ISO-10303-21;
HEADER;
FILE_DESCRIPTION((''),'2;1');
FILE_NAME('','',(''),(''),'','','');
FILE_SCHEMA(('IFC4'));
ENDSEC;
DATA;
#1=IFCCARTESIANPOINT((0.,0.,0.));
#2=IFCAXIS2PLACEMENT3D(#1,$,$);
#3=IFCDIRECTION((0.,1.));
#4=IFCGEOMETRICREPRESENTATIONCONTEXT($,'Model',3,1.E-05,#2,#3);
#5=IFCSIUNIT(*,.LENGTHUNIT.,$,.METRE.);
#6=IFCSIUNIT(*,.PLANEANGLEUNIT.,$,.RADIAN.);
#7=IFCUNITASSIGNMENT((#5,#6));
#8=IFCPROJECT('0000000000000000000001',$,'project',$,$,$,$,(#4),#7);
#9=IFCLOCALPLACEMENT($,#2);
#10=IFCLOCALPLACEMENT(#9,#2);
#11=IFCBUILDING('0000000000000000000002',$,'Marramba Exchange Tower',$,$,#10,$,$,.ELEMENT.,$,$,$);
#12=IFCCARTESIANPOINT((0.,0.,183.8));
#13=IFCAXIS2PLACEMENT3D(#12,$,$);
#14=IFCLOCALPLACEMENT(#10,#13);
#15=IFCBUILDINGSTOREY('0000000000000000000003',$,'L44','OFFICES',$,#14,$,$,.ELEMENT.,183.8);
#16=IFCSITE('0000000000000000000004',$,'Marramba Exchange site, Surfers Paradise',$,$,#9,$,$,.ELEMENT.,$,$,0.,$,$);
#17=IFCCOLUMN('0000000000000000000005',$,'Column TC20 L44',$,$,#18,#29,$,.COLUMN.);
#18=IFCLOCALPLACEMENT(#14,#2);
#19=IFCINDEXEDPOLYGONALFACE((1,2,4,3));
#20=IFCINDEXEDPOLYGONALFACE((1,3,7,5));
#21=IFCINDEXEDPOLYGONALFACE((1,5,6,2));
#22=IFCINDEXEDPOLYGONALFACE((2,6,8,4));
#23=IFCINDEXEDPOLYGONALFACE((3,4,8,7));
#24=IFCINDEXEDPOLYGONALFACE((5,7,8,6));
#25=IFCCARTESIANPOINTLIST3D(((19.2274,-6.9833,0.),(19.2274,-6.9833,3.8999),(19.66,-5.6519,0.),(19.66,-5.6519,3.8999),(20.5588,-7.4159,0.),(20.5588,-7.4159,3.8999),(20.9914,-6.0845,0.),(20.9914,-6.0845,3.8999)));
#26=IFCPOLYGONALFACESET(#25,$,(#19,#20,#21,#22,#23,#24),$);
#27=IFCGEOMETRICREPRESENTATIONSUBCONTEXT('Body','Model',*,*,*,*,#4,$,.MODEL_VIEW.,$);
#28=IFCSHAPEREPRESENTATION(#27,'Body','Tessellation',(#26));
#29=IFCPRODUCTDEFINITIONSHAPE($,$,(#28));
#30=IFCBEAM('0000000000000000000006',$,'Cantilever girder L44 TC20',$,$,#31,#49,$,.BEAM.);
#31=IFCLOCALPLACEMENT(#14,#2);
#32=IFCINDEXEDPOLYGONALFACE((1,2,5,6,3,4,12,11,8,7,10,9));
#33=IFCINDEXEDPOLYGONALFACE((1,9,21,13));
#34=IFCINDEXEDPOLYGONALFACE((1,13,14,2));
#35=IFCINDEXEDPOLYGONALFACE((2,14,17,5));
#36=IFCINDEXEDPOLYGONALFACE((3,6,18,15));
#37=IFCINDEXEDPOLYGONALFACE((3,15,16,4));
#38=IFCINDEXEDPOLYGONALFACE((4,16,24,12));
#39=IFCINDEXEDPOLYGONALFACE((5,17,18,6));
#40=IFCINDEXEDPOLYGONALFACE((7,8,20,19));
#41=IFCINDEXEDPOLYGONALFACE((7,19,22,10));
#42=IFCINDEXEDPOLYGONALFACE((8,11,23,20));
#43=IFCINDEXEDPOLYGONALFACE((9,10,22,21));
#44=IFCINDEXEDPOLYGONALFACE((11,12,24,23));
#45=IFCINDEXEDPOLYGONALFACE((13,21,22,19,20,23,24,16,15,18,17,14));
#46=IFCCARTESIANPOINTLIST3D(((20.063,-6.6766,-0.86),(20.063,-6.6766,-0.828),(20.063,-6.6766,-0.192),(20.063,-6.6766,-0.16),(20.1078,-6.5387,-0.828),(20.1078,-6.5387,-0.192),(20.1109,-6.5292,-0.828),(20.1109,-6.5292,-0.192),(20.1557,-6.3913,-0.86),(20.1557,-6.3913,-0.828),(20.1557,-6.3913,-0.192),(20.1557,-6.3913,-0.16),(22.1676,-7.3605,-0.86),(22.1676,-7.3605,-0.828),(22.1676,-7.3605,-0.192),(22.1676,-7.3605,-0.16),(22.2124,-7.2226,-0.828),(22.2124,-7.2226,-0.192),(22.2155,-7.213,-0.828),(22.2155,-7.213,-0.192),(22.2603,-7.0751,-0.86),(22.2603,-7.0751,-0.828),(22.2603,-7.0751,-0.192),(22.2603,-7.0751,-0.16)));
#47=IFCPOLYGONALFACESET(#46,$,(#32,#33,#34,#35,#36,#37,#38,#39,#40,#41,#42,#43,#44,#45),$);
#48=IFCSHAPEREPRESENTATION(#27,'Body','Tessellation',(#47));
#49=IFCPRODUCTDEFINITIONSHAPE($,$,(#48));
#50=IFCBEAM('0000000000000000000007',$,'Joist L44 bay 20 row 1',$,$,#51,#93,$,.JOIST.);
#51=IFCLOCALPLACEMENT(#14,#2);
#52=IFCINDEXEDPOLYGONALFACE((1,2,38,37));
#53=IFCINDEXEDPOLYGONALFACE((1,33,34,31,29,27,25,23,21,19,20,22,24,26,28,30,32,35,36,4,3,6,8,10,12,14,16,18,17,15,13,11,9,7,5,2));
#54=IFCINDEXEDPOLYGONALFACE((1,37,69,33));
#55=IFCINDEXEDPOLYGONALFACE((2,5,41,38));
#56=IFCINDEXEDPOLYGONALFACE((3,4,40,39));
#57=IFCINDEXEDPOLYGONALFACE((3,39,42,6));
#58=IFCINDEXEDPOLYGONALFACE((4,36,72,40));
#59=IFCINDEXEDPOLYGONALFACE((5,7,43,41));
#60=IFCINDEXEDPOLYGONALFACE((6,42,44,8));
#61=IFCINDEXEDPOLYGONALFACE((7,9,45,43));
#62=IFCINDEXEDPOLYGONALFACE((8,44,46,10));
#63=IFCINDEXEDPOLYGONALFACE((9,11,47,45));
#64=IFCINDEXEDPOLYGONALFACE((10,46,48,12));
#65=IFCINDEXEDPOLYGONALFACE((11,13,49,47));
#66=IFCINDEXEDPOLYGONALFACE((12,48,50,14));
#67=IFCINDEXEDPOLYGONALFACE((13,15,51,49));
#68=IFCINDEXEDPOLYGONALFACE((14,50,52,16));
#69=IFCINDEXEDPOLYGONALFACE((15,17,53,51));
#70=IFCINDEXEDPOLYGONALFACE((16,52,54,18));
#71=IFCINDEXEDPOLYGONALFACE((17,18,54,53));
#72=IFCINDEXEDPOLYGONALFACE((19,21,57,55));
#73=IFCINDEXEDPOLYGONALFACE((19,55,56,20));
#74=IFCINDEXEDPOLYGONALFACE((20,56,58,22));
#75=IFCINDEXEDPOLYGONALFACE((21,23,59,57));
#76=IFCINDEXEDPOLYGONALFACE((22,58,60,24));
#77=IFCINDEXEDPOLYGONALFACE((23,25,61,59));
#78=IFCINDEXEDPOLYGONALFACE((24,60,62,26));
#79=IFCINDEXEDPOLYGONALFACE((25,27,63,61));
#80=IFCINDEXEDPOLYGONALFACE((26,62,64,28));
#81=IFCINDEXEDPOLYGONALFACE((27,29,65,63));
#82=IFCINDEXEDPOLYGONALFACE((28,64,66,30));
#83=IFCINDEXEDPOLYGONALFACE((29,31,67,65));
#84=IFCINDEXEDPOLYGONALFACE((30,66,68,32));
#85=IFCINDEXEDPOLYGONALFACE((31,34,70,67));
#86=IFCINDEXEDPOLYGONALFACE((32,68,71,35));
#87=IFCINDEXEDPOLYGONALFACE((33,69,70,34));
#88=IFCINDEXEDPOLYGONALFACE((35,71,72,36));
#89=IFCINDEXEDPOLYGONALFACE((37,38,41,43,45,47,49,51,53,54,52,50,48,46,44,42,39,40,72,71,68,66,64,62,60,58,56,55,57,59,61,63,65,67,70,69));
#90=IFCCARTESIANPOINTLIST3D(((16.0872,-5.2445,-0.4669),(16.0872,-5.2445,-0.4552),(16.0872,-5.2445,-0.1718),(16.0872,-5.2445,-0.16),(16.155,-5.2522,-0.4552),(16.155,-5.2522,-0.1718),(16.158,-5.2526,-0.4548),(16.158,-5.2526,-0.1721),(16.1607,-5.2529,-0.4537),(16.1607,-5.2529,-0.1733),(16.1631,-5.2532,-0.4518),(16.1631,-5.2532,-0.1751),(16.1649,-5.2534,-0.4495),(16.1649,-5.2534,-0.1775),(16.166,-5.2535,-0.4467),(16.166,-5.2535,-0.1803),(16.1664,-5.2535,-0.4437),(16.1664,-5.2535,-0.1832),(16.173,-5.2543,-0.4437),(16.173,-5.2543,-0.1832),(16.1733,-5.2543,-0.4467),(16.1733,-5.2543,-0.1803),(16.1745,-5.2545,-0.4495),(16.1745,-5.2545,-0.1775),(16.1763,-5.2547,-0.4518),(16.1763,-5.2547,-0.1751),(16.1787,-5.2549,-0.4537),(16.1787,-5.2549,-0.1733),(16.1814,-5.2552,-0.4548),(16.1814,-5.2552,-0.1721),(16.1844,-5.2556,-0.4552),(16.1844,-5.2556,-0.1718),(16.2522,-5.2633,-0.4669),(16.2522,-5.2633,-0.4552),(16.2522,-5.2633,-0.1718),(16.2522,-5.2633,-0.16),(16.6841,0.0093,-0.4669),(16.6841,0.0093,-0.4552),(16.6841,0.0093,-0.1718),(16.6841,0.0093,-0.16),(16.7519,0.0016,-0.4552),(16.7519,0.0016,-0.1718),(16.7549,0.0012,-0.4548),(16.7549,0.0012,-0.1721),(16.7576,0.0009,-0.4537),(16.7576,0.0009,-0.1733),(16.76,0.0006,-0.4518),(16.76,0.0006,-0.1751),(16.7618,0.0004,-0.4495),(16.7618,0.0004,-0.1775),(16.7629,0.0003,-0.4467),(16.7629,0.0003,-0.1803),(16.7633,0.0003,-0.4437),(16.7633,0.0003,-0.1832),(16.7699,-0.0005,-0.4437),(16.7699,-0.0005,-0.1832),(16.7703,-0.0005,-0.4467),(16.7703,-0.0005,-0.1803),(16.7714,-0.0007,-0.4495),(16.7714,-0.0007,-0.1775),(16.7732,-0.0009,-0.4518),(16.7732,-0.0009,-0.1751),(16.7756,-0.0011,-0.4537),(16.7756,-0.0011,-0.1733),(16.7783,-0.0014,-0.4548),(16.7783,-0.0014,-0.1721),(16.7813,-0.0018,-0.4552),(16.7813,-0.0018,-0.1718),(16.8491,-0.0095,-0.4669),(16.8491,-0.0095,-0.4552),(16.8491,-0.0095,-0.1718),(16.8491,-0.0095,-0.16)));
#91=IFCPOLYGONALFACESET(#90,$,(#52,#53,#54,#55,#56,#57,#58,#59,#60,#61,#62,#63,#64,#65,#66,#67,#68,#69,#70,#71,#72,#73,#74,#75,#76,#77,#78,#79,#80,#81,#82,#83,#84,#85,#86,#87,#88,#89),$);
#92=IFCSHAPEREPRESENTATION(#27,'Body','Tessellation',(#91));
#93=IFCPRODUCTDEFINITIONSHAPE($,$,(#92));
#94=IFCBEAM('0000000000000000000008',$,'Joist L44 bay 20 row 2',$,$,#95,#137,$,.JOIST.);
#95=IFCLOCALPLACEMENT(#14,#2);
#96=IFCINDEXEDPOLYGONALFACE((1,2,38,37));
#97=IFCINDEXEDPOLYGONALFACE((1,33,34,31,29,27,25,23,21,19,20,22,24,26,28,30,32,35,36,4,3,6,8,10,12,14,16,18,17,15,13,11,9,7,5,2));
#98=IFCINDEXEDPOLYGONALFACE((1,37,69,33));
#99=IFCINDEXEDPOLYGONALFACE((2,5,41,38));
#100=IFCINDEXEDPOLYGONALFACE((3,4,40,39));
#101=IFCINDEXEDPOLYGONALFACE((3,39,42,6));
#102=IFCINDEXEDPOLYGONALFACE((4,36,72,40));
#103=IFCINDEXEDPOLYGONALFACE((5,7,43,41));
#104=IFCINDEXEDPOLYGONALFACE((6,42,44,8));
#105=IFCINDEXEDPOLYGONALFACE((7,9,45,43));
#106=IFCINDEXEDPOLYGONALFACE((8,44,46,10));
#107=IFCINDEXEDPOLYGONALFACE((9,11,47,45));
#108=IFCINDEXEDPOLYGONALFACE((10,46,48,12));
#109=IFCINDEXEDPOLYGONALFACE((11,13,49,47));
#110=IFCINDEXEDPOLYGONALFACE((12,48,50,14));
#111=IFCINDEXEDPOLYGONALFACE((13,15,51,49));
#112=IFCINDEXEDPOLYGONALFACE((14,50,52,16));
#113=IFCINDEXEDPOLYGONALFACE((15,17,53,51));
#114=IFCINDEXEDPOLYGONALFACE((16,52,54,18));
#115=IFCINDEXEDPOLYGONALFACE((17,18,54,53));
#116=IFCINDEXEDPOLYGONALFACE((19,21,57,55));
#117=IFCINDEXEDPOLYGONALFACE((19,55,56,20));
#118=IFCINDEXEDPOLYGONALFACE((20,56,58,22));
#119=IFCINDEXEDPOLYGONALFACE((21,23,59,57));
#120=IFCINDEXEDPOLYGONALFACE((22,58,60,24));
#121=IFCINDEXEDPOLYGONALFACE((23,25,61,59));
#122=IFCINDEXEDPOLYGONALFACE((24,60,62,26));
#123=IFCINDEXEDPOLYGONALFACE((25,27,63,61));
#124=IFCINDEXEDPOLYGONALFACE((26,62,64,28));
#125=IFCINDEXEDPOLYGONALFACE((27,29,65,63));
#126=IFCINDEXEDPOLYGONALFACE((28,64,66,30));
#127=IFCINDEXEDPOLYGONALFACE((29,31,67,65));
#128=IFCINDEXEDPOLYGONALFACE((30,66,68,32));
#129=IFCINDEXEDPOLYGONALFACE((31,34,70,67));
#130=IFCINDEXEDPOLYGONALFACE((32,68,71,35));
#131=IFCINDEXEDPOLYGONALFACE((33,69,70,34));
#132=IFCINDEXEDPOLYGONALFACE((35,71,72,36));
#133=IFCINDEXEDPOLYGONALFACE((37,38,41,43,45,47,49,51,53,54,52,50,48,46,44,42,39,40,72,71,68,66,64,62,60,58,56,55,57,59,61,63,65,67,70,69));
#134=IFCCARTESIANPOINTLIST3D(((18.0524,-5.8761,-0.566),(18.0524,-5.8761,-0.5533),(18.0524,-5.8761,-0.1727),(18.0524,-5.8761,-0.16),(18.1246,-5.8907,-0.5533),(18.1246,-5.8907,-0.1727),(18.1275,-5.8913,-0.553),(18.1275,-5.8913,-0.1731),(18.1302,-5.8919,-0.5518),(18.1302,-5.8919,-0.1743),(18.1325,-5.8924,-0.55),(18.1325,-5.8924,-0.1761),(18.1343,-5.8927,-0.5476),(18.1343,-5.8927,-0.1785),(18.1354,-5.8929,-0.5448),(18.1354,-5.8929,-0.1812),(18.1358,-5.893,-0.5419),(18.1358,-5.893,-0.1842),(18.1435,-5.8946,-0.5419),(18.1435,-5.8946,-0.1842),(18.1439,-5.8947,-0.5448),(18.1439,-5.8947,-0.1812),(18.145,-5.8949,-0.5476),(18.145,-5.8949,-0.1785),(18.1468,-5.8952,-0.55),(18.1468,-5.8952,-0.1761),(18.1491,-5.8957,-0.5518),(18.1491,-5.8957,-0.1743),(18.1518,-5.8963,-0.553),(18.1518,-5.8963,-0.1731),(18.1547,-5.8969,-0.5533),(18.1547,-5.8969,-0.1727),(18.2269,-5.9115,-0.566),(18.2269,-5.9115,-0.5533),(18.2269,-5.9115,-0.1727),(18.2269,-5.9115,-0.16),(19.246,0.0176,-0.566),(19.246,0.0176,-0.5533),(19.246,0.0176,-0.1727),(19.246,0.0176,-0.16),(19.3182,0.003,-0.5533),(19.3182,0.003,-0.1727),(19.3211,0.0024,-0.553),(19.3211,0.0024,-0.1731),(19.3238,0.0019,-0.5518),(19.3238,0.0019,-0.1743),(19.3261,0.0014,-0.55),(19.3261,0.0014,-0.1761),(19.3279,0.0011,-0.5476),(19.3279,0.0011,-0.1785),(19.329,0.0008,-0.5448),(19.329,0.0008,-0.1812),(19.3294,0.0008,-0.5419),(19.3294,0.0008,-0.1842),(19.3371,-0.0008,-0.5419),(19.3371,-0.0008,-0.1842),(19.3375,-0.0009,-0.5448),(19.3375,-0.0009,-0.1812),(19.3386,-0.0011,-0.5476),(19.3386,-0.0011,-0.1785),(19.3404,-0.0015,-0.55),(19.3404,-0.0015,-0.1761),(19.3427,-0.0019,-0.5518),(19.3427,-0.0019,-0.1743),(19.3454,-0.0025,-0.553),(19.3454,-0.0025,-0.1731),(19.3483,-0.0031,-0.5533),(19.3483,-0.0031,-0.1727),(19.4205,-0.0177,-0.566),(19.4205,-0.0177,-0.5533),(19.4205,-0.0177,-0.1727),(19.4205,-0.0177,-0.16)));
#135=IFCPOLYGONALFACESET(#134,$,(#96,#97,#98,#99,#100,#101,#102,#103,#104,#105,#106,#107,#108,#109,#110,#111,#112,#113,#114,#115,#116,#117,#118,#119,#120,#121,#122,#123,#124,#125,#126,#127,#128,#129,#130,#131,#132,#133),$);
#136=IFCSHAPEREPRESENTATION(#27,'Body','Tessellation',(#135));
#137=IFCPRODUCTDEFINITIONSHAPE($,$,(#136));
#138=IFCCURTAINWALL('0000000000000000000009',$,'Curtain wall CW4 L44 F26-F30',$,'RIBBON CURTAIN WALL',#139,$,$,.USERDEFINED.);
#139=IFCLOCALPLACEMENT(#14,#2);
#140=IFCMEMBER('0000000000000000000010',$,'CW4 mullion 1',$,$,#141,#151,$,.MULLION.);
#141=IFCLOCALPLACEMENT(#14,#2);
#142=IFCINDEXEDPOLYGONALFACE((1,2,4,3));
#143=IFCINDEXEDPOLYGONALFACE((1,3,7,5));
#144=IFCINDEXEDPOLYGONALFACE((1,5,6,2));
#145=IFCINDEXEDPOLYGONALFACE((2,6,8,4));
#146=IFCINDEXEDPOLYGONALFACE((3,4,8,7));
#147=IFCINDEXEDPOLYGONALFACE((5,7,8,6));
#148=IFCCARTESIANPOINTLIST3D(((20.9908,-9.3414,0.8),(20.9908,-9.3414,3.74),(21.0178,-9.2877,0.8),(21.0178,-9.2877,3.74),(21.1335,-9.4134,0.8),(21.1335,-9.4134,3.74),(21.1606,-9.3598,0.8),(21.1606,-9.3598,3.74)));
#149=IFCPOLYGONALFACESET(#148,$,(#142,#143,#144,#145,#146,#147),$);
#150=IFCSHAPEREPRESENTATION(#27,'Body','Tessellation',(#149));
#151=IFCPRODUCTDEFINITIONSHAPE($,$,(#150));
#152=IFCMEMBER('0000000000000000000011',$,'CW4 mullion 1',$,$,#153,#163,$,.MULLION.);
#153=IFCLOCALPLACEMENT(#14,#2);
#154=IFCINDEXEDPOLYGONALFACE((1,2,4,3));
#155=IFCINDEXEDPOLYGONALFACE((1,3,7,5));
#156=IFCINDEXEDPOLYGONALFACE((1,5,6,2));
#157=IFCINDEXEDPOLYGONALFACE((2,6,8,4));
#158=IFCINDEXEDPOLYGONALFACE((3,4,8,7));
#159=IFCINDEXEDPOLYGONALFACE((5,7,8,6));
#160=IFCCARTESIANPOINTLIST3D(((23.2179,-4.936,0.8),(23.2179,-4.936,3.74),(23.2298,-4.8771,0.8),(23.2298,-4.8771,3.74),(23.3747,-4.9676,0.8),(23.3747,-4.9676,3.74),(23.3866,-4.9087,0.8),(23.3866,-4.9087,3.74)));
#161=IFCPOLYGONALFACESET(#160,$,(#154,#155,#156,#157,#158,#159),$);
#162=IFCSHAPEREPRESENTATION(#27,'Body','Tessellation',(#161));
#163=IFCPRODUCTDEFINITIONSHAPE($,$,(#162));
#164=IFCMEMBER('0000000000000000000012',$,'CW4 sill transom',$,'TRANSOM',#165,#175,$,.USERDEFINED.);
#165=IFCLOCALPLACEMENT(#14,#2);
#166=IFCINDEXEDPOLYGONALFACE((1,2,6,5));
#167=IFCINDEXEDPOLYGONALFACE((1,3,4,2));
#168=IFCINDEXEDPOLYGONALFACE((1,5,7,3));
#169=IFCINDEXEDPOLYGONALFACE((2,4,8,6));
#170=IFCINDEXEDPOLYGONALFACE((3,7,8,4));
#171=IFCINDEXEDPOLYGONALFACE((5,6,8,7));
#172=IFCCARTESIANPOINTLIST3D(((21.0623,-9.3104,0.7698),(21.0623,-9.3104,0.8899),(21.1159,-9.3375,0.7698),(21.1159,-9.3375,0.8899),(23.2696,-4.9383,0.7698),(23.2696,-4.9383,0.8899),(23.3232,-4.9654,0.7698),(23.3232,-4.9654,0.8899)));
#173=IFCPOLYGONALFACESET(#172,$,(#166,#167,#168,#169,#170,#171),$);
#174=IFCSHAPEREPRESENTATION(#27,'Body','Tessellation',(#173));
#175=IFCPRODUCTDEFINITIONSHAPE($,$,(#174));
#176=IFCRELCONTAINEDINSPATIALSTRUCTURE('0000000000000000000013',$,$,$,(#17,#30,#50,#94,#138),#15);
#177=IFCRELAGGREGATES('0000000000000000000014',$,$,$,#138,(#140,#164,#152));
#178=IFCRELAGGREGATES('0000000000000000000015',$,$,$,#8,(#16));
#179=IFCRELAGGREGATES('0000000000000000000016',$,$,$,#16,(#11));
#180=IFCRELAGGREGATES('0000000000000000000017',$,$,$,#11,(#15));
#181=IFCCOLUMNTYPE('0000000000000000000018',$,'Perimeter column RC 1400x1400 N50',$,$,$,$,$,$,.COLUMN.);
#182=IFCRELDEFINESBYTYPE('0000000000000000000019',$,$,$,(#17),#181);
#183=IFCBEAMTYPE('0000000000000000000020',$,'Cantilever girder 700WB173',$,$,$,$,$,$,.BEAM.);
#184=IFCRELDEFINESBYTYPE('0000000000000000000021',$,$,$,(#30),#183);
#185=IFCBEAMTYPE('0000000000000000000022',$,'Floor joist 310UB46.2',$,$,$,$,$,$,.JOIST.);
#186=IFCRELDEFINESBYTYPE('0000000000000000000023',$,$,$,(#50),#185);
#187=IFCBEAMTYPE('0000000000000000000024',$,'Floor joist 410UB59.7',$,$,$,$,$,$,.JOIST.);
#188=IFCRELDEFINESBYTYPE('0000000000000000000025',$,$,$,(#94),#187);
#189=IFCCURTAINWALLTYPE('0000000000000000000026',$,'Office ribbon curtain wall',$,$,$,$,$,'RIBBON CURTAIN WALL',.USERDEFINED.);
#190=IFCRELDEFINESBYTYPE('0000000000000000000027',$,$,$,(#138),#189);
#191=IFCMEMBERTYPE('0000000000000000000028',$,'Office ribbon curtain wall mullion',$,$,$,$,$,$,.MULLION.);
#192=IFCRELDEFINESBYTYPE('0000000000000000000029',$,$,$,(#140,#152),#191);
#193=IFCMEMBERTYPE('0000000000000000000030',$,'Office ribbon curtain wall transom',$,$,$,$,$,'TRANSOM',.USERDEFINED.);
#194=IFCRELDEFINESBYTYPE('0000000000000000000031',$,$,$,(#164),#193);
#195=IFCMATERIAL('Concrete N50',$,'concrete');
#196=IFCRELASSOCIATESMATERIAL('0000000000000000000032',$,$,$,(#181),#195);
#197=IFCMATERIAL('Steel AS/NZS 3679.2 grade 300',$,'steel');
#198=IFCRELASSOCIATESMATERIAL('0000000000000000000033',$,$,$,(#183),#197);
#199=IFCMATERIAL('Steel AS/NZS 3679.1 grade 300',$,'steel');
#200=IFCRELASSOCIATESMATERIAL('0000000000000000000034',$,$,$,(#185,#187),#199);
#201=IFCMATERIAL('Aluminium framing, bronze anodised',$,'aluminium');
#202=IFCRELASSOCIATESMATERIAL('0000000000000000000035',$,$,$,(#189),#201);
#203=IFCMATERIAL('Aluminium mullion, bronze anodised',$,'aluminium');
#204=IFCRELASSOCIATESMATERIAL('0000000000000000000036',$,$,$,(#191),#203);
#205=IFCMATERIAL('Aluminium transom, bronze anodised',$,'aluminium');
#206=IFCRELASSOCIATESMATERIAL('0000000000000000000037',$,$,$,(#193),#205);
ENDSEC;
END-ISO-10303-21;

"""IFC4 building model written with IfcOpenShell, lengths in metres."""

from ifc_helpers import new_model, si_unit, direction, frame, origin, origin_2d, place, context, subcontext, project, spatial, rectangle, i_section, extrude, material, material_profile, profile_set, type_object, element, aggregate, save


model = new_model("IFC4")

# Units and contexts
model_context = context("Model", 3, precision=1e-05, world=origin(), true_north=direction((0.0, 1.0)))
body_context = subcontext(model_context, "Body", "Model", "MODEL_VIEW")
ifc_project = project(units=[si_unit("LENGTHUNIT", "METRE"), si_unit("PLANEANGLEUNIT", "RADIAN")], contexts=[model_context])

# Site, building, storey
site_placement = place(None, origin())
site = spatial("IfcSite", under=ifc_project, at=site_placement, Name="Marramba Exchange site, Surfers Paradise", CompositionType="ELEMENT", RefElevation=0.0)
building_placement = place(site_placement, origin())
building = spatial("IfcBuilding", under=site, at=building_placement, Name="Marramba Exchange Tower", CompositionType="ELEMENT")
storey_placement = place(building_placement, frame((0.0, 0.0, 183.8)))
storey = spatial("IfcBuildingStorey", under=building, at=storey_placement, Name="L44", Description="OFFICES", CompositionType="ELEMENT", Elevation=183.8)

# Column
ifc_material_1 = material(Name="Concrete N50", Category="concrete")
ifc_material_profile_1 = material_profile(ifc_material_1, rectangle(XDim=1.3999, YDim=1.3999, at=origin_2d()), Name="RC 1400x1400")
ifc_profile_set_1 = profile_set([ifc_material_profile_1], Name="Concrete N50")
column_type = type_object("IfcColumnType", Name="Perimeter column RC 1400x1400 N50", PredefinedType="COLUMN", material=ifc_profile_set_1)
column_placement = place(storey_placement, frame((20.1094, -6.5339, 0.0), z_axis=(0.0, 0.0, 1.0), x_axis=(0.951057, -0.309017, 0.0)))
element("IfcColumn", 1, at=column_placement, inside=storey, type_object=column_type, Name="Column TC20 L44", PredefinedType="COLUMN", context=body_context, shape_type="SweptSolid", body=[
    extrude(rectangle(XDim=1.3999, YDim=1.3999, at=origin_2d()), origin(), (0.0, 0.0, 1.0), 3.8999),
])

# Beams
ifc_material_2 = material(Name="Steel AS/NZS 3679.2 grade 300", Category="steel")
ifc_material_profile_2 = material_profile(ifc_material_2, i_section(OverallWidth=0.3, OverallDepth=0.7, WebThickness=0.01, FlangeThickness=0.032, at=origin_2d()), Name="700WB173")
ifc_profile_set_2 = profile_set([ifc_material_profile_2], Name="Steel AS/NZS 3679.2 grade 300")
beam_type_1 = type_object("IfcBeamType", Name="Cantilever girder 700WB173", PredefinedType="BEAM", material=ifc_profile_set_2)
beam_1_placement = place(storey_placement, frame((20.1094, -6.5339, -0.51), z_axis=(0.95105, -0.309036, 0.0), x_axis=(0.309036, 0.95105, 0.0)))
element("IfcBeam", 2, at=beam_1_placement, inside=storey, type_object=beam_type_1, Name="Cantilever girder L44 TC20", PredefinedType="BEAM", context=body_context, shape_type="SweptSolid", body=[
    extrude(i_section(OverallWidth=0.3, OverallDepth=0.7, WebThickness=0.01, FlangeThickness=0.032, at=origin_2d()), origin(), (0.0, 0.0, 1.0), 2.2129),
])
ifc_material_3 = material(Name="Steel AS/NZS 3679.1 grade 300", Category="steel")
ifc_material_profile_3 = material_profile(ifc_material_3, i_section(OverallWidth=0.166, OverallDepth=0.3069, WebThickness=0.0066, FlangeThickness=0.0117, FilletRadius=0.0115, at=origin_2d()), Name="310UB46.2")
ifc_profile_set_3 = profile_set([ifc_material_profile_3], Name="Steel AS/NZS 3679.1 grade 300")
beam_type_2 = type_object("IfcBeamType", Name="Floor joist 310UB46.2", PredefinedType="JOIST", material=ifc_profile_set_3)
beam_2_placement = place(storey_placement, frame((16.1697, -5.2539, -0.3135), z_axis=(0.112889, 0.993608, 0.0), x_axis=(-0.993608, 0.112889, 0.0)))
element("IfcBeam", 3, at=beam_2_placement, inside=storey, type_object=beam_type_2, Name="Joist L44 bay 20 row 1", PredefinedType="JOIST", context=body_context, shape_type="SweptSolid", body=[
    extrude(i_section(OverallWidth=0.166, OverallDepth=0.3069, WebThickness=0.0066, FlangeThickness=0.0117, FilletRadius=0.0115, at=origin_2d()), origin(), (0.0, 0.0, 1.0), 5.2876),
])
ifc_material_profile_4 = material_profile(ifc_material_3, i_section(OverallWidth=0.178, OverallDepth=0.406, WebThickness=0.0078, FlangeThickness=0.0127, FilletRadius=0.0115, at=origin_2d()), Name="410UB59.7")
ifc_profile_set_4 = profile_set([ifc_material_profile_4], Name="Steel AS/NZS 3679.1 grade 300")
beam_type_3 = type_object("IfcBeamType", Name="Floor joist 410UB59.7", PredefinedType="JOIST", material=ifc_profile_set_4)
beam_3_placement = place(storey_placement, frame((18.1396, -5.8938, -0.363), z_axis=(0.198489, 0.980103, 0.0), x_axis=(-0.980103, 0.198489, 0.0)))
element("IfcBeam", 4, at=beam_3_placement, inside=storey, type_object=beam_type_3, Name="Joist L44 bay 20 row 2", PredefinedType="JOIST", context=body_context, shape_type="SweptSolid", body=[
    extrude(i_section(OverallWidth=0.178, OverallDepth=0.406, WebThickness=0.0078, FlangeThickness=0.0127, FilletRadius=0.0115, at=origin_2d()), origin(), (0.0, 0.0, 1.0), 6.0134),
])

# Curtain wall, members
ifc_material_4 = material(Name="Aluminium framing, bronze anodised", Category="aluminium")
curtain_wall_type = type_object("IfcCurtainWallType", Name="Office ribbon curtain wall", ElementType="RIBBON CURTAIN WALL", PredefinedType="USERDEFINED", material=ifc_material_4)
curtain_wall_placement = place(storey_placement, origin())
curtain_wall = element("IfcCurtainWall", 5, at=curtain_wall_placement, inside=storey, type_object=curtain_wall_type, Name="Curtain wall CW4 L44 F26-F30", ObjectType="RIBBON CURTAIN WALL", PredefinedType="USERDEFINED")
ifc_material_5 = material(Name="Aluminium mullion, bronze anodised", Category="aluminium")
ifc_material_profile_5 = material_profile(ifc_material_5, rectangle(XDim=0.1599, YDim=0.0601, at=origin_2d()), Name="CW4 mullion 60x160")
ifc_profile_set_5 = profile_set([ifc_material_profile_5], Name="Aluminium mullion, bronze anodised")
member_type_1 = type_object("IfcMemberType", Name="Office ribbon curtain wall mullion", PredefinedType="MULLION", material=ifc_profile_set_5)
member_1_placement = place(storey_placement, frame((21.0757, -9.3506, 0.8), z_axis=(0.0, 0.0, 1.0), x_axis=(-0.892689, 0.450673, 0.0)))
member_1 = element("IfcMember", 6, at=member_1_placement, type_object=member_type_1, Name="CW4 mullion 1", PredefinedType="MULLION", context=body_context, shape_type="SweptSolid", body=[
    extrude(rectangle(XDim=0.1599, YDim=0.0601, at=origin_2d()), origin(), (0.0, 0.0, 1.0), 2.9399),
])
member_2_placement = place(storey_placement, frame((23.3022, -4.9224, 0.8), z_axis=(0.0, 0.0, 1.0), x_axis=(-0.980304, 0.197495, 0.0)))
member_2 = element("IfcMember", 7, at=member_2_placement, type_object=member_type_1, Name="CW4 mullion 1", PredefinedType="MULLION", context=body_context, shape_type="SweptSolid", body=[
    extrude(rectangle(XDim=0.1599, YDim=0.0601, at=origin_2d()), origin(), (0.0, 0.0, 1.0), 2.9399),
])
ifc_material_6 = material(Name="Aluminium transom, bronze anodised", Category="aluminium")
ifc_material_profile_6 = material_profile(ifc_material_6, rectangle(XDim=0.0601, YDim=0.1201, at=origin_2d()), Name="CW4 transom 60x120")
ifc_profile_set_6 = profile_set([ifc_material_profile_6], Name="Aluminium transom, bronze anodised")
member_type_2 = type_object("IfcMemberType", Name="Office ribbon curtain wall transom", ElementType="TRANSOM", PredefinedType="USERDEFINED", material=ifc_profile_set_6)
member_3_placement = place(storey_placement, frame((21.0891, -9.324, 0.8298), z_axis=(0.45068, 0.892686, 0.0), x_axis=(-0.892686, 0.45068, 0.0)))
member_3 = element("IfcMember", 8, at=member_3_placement, type_object=member_type_2, Name="CW4 sill transom", ObjectType="TRANSOM", PredefinedType="USERDEFINED", context=body_context, shape_type="SweptSolid", body=[
    extrude(rectangle(XDim=0.0601, YDim=0.1201, at=origin_2d()), origin(), (0.0, 0.0, 1.0), 4.8977),
])

aggregate(curtain_wall, [member_1, member_3, member_2])

save(model, "model.ifc")
